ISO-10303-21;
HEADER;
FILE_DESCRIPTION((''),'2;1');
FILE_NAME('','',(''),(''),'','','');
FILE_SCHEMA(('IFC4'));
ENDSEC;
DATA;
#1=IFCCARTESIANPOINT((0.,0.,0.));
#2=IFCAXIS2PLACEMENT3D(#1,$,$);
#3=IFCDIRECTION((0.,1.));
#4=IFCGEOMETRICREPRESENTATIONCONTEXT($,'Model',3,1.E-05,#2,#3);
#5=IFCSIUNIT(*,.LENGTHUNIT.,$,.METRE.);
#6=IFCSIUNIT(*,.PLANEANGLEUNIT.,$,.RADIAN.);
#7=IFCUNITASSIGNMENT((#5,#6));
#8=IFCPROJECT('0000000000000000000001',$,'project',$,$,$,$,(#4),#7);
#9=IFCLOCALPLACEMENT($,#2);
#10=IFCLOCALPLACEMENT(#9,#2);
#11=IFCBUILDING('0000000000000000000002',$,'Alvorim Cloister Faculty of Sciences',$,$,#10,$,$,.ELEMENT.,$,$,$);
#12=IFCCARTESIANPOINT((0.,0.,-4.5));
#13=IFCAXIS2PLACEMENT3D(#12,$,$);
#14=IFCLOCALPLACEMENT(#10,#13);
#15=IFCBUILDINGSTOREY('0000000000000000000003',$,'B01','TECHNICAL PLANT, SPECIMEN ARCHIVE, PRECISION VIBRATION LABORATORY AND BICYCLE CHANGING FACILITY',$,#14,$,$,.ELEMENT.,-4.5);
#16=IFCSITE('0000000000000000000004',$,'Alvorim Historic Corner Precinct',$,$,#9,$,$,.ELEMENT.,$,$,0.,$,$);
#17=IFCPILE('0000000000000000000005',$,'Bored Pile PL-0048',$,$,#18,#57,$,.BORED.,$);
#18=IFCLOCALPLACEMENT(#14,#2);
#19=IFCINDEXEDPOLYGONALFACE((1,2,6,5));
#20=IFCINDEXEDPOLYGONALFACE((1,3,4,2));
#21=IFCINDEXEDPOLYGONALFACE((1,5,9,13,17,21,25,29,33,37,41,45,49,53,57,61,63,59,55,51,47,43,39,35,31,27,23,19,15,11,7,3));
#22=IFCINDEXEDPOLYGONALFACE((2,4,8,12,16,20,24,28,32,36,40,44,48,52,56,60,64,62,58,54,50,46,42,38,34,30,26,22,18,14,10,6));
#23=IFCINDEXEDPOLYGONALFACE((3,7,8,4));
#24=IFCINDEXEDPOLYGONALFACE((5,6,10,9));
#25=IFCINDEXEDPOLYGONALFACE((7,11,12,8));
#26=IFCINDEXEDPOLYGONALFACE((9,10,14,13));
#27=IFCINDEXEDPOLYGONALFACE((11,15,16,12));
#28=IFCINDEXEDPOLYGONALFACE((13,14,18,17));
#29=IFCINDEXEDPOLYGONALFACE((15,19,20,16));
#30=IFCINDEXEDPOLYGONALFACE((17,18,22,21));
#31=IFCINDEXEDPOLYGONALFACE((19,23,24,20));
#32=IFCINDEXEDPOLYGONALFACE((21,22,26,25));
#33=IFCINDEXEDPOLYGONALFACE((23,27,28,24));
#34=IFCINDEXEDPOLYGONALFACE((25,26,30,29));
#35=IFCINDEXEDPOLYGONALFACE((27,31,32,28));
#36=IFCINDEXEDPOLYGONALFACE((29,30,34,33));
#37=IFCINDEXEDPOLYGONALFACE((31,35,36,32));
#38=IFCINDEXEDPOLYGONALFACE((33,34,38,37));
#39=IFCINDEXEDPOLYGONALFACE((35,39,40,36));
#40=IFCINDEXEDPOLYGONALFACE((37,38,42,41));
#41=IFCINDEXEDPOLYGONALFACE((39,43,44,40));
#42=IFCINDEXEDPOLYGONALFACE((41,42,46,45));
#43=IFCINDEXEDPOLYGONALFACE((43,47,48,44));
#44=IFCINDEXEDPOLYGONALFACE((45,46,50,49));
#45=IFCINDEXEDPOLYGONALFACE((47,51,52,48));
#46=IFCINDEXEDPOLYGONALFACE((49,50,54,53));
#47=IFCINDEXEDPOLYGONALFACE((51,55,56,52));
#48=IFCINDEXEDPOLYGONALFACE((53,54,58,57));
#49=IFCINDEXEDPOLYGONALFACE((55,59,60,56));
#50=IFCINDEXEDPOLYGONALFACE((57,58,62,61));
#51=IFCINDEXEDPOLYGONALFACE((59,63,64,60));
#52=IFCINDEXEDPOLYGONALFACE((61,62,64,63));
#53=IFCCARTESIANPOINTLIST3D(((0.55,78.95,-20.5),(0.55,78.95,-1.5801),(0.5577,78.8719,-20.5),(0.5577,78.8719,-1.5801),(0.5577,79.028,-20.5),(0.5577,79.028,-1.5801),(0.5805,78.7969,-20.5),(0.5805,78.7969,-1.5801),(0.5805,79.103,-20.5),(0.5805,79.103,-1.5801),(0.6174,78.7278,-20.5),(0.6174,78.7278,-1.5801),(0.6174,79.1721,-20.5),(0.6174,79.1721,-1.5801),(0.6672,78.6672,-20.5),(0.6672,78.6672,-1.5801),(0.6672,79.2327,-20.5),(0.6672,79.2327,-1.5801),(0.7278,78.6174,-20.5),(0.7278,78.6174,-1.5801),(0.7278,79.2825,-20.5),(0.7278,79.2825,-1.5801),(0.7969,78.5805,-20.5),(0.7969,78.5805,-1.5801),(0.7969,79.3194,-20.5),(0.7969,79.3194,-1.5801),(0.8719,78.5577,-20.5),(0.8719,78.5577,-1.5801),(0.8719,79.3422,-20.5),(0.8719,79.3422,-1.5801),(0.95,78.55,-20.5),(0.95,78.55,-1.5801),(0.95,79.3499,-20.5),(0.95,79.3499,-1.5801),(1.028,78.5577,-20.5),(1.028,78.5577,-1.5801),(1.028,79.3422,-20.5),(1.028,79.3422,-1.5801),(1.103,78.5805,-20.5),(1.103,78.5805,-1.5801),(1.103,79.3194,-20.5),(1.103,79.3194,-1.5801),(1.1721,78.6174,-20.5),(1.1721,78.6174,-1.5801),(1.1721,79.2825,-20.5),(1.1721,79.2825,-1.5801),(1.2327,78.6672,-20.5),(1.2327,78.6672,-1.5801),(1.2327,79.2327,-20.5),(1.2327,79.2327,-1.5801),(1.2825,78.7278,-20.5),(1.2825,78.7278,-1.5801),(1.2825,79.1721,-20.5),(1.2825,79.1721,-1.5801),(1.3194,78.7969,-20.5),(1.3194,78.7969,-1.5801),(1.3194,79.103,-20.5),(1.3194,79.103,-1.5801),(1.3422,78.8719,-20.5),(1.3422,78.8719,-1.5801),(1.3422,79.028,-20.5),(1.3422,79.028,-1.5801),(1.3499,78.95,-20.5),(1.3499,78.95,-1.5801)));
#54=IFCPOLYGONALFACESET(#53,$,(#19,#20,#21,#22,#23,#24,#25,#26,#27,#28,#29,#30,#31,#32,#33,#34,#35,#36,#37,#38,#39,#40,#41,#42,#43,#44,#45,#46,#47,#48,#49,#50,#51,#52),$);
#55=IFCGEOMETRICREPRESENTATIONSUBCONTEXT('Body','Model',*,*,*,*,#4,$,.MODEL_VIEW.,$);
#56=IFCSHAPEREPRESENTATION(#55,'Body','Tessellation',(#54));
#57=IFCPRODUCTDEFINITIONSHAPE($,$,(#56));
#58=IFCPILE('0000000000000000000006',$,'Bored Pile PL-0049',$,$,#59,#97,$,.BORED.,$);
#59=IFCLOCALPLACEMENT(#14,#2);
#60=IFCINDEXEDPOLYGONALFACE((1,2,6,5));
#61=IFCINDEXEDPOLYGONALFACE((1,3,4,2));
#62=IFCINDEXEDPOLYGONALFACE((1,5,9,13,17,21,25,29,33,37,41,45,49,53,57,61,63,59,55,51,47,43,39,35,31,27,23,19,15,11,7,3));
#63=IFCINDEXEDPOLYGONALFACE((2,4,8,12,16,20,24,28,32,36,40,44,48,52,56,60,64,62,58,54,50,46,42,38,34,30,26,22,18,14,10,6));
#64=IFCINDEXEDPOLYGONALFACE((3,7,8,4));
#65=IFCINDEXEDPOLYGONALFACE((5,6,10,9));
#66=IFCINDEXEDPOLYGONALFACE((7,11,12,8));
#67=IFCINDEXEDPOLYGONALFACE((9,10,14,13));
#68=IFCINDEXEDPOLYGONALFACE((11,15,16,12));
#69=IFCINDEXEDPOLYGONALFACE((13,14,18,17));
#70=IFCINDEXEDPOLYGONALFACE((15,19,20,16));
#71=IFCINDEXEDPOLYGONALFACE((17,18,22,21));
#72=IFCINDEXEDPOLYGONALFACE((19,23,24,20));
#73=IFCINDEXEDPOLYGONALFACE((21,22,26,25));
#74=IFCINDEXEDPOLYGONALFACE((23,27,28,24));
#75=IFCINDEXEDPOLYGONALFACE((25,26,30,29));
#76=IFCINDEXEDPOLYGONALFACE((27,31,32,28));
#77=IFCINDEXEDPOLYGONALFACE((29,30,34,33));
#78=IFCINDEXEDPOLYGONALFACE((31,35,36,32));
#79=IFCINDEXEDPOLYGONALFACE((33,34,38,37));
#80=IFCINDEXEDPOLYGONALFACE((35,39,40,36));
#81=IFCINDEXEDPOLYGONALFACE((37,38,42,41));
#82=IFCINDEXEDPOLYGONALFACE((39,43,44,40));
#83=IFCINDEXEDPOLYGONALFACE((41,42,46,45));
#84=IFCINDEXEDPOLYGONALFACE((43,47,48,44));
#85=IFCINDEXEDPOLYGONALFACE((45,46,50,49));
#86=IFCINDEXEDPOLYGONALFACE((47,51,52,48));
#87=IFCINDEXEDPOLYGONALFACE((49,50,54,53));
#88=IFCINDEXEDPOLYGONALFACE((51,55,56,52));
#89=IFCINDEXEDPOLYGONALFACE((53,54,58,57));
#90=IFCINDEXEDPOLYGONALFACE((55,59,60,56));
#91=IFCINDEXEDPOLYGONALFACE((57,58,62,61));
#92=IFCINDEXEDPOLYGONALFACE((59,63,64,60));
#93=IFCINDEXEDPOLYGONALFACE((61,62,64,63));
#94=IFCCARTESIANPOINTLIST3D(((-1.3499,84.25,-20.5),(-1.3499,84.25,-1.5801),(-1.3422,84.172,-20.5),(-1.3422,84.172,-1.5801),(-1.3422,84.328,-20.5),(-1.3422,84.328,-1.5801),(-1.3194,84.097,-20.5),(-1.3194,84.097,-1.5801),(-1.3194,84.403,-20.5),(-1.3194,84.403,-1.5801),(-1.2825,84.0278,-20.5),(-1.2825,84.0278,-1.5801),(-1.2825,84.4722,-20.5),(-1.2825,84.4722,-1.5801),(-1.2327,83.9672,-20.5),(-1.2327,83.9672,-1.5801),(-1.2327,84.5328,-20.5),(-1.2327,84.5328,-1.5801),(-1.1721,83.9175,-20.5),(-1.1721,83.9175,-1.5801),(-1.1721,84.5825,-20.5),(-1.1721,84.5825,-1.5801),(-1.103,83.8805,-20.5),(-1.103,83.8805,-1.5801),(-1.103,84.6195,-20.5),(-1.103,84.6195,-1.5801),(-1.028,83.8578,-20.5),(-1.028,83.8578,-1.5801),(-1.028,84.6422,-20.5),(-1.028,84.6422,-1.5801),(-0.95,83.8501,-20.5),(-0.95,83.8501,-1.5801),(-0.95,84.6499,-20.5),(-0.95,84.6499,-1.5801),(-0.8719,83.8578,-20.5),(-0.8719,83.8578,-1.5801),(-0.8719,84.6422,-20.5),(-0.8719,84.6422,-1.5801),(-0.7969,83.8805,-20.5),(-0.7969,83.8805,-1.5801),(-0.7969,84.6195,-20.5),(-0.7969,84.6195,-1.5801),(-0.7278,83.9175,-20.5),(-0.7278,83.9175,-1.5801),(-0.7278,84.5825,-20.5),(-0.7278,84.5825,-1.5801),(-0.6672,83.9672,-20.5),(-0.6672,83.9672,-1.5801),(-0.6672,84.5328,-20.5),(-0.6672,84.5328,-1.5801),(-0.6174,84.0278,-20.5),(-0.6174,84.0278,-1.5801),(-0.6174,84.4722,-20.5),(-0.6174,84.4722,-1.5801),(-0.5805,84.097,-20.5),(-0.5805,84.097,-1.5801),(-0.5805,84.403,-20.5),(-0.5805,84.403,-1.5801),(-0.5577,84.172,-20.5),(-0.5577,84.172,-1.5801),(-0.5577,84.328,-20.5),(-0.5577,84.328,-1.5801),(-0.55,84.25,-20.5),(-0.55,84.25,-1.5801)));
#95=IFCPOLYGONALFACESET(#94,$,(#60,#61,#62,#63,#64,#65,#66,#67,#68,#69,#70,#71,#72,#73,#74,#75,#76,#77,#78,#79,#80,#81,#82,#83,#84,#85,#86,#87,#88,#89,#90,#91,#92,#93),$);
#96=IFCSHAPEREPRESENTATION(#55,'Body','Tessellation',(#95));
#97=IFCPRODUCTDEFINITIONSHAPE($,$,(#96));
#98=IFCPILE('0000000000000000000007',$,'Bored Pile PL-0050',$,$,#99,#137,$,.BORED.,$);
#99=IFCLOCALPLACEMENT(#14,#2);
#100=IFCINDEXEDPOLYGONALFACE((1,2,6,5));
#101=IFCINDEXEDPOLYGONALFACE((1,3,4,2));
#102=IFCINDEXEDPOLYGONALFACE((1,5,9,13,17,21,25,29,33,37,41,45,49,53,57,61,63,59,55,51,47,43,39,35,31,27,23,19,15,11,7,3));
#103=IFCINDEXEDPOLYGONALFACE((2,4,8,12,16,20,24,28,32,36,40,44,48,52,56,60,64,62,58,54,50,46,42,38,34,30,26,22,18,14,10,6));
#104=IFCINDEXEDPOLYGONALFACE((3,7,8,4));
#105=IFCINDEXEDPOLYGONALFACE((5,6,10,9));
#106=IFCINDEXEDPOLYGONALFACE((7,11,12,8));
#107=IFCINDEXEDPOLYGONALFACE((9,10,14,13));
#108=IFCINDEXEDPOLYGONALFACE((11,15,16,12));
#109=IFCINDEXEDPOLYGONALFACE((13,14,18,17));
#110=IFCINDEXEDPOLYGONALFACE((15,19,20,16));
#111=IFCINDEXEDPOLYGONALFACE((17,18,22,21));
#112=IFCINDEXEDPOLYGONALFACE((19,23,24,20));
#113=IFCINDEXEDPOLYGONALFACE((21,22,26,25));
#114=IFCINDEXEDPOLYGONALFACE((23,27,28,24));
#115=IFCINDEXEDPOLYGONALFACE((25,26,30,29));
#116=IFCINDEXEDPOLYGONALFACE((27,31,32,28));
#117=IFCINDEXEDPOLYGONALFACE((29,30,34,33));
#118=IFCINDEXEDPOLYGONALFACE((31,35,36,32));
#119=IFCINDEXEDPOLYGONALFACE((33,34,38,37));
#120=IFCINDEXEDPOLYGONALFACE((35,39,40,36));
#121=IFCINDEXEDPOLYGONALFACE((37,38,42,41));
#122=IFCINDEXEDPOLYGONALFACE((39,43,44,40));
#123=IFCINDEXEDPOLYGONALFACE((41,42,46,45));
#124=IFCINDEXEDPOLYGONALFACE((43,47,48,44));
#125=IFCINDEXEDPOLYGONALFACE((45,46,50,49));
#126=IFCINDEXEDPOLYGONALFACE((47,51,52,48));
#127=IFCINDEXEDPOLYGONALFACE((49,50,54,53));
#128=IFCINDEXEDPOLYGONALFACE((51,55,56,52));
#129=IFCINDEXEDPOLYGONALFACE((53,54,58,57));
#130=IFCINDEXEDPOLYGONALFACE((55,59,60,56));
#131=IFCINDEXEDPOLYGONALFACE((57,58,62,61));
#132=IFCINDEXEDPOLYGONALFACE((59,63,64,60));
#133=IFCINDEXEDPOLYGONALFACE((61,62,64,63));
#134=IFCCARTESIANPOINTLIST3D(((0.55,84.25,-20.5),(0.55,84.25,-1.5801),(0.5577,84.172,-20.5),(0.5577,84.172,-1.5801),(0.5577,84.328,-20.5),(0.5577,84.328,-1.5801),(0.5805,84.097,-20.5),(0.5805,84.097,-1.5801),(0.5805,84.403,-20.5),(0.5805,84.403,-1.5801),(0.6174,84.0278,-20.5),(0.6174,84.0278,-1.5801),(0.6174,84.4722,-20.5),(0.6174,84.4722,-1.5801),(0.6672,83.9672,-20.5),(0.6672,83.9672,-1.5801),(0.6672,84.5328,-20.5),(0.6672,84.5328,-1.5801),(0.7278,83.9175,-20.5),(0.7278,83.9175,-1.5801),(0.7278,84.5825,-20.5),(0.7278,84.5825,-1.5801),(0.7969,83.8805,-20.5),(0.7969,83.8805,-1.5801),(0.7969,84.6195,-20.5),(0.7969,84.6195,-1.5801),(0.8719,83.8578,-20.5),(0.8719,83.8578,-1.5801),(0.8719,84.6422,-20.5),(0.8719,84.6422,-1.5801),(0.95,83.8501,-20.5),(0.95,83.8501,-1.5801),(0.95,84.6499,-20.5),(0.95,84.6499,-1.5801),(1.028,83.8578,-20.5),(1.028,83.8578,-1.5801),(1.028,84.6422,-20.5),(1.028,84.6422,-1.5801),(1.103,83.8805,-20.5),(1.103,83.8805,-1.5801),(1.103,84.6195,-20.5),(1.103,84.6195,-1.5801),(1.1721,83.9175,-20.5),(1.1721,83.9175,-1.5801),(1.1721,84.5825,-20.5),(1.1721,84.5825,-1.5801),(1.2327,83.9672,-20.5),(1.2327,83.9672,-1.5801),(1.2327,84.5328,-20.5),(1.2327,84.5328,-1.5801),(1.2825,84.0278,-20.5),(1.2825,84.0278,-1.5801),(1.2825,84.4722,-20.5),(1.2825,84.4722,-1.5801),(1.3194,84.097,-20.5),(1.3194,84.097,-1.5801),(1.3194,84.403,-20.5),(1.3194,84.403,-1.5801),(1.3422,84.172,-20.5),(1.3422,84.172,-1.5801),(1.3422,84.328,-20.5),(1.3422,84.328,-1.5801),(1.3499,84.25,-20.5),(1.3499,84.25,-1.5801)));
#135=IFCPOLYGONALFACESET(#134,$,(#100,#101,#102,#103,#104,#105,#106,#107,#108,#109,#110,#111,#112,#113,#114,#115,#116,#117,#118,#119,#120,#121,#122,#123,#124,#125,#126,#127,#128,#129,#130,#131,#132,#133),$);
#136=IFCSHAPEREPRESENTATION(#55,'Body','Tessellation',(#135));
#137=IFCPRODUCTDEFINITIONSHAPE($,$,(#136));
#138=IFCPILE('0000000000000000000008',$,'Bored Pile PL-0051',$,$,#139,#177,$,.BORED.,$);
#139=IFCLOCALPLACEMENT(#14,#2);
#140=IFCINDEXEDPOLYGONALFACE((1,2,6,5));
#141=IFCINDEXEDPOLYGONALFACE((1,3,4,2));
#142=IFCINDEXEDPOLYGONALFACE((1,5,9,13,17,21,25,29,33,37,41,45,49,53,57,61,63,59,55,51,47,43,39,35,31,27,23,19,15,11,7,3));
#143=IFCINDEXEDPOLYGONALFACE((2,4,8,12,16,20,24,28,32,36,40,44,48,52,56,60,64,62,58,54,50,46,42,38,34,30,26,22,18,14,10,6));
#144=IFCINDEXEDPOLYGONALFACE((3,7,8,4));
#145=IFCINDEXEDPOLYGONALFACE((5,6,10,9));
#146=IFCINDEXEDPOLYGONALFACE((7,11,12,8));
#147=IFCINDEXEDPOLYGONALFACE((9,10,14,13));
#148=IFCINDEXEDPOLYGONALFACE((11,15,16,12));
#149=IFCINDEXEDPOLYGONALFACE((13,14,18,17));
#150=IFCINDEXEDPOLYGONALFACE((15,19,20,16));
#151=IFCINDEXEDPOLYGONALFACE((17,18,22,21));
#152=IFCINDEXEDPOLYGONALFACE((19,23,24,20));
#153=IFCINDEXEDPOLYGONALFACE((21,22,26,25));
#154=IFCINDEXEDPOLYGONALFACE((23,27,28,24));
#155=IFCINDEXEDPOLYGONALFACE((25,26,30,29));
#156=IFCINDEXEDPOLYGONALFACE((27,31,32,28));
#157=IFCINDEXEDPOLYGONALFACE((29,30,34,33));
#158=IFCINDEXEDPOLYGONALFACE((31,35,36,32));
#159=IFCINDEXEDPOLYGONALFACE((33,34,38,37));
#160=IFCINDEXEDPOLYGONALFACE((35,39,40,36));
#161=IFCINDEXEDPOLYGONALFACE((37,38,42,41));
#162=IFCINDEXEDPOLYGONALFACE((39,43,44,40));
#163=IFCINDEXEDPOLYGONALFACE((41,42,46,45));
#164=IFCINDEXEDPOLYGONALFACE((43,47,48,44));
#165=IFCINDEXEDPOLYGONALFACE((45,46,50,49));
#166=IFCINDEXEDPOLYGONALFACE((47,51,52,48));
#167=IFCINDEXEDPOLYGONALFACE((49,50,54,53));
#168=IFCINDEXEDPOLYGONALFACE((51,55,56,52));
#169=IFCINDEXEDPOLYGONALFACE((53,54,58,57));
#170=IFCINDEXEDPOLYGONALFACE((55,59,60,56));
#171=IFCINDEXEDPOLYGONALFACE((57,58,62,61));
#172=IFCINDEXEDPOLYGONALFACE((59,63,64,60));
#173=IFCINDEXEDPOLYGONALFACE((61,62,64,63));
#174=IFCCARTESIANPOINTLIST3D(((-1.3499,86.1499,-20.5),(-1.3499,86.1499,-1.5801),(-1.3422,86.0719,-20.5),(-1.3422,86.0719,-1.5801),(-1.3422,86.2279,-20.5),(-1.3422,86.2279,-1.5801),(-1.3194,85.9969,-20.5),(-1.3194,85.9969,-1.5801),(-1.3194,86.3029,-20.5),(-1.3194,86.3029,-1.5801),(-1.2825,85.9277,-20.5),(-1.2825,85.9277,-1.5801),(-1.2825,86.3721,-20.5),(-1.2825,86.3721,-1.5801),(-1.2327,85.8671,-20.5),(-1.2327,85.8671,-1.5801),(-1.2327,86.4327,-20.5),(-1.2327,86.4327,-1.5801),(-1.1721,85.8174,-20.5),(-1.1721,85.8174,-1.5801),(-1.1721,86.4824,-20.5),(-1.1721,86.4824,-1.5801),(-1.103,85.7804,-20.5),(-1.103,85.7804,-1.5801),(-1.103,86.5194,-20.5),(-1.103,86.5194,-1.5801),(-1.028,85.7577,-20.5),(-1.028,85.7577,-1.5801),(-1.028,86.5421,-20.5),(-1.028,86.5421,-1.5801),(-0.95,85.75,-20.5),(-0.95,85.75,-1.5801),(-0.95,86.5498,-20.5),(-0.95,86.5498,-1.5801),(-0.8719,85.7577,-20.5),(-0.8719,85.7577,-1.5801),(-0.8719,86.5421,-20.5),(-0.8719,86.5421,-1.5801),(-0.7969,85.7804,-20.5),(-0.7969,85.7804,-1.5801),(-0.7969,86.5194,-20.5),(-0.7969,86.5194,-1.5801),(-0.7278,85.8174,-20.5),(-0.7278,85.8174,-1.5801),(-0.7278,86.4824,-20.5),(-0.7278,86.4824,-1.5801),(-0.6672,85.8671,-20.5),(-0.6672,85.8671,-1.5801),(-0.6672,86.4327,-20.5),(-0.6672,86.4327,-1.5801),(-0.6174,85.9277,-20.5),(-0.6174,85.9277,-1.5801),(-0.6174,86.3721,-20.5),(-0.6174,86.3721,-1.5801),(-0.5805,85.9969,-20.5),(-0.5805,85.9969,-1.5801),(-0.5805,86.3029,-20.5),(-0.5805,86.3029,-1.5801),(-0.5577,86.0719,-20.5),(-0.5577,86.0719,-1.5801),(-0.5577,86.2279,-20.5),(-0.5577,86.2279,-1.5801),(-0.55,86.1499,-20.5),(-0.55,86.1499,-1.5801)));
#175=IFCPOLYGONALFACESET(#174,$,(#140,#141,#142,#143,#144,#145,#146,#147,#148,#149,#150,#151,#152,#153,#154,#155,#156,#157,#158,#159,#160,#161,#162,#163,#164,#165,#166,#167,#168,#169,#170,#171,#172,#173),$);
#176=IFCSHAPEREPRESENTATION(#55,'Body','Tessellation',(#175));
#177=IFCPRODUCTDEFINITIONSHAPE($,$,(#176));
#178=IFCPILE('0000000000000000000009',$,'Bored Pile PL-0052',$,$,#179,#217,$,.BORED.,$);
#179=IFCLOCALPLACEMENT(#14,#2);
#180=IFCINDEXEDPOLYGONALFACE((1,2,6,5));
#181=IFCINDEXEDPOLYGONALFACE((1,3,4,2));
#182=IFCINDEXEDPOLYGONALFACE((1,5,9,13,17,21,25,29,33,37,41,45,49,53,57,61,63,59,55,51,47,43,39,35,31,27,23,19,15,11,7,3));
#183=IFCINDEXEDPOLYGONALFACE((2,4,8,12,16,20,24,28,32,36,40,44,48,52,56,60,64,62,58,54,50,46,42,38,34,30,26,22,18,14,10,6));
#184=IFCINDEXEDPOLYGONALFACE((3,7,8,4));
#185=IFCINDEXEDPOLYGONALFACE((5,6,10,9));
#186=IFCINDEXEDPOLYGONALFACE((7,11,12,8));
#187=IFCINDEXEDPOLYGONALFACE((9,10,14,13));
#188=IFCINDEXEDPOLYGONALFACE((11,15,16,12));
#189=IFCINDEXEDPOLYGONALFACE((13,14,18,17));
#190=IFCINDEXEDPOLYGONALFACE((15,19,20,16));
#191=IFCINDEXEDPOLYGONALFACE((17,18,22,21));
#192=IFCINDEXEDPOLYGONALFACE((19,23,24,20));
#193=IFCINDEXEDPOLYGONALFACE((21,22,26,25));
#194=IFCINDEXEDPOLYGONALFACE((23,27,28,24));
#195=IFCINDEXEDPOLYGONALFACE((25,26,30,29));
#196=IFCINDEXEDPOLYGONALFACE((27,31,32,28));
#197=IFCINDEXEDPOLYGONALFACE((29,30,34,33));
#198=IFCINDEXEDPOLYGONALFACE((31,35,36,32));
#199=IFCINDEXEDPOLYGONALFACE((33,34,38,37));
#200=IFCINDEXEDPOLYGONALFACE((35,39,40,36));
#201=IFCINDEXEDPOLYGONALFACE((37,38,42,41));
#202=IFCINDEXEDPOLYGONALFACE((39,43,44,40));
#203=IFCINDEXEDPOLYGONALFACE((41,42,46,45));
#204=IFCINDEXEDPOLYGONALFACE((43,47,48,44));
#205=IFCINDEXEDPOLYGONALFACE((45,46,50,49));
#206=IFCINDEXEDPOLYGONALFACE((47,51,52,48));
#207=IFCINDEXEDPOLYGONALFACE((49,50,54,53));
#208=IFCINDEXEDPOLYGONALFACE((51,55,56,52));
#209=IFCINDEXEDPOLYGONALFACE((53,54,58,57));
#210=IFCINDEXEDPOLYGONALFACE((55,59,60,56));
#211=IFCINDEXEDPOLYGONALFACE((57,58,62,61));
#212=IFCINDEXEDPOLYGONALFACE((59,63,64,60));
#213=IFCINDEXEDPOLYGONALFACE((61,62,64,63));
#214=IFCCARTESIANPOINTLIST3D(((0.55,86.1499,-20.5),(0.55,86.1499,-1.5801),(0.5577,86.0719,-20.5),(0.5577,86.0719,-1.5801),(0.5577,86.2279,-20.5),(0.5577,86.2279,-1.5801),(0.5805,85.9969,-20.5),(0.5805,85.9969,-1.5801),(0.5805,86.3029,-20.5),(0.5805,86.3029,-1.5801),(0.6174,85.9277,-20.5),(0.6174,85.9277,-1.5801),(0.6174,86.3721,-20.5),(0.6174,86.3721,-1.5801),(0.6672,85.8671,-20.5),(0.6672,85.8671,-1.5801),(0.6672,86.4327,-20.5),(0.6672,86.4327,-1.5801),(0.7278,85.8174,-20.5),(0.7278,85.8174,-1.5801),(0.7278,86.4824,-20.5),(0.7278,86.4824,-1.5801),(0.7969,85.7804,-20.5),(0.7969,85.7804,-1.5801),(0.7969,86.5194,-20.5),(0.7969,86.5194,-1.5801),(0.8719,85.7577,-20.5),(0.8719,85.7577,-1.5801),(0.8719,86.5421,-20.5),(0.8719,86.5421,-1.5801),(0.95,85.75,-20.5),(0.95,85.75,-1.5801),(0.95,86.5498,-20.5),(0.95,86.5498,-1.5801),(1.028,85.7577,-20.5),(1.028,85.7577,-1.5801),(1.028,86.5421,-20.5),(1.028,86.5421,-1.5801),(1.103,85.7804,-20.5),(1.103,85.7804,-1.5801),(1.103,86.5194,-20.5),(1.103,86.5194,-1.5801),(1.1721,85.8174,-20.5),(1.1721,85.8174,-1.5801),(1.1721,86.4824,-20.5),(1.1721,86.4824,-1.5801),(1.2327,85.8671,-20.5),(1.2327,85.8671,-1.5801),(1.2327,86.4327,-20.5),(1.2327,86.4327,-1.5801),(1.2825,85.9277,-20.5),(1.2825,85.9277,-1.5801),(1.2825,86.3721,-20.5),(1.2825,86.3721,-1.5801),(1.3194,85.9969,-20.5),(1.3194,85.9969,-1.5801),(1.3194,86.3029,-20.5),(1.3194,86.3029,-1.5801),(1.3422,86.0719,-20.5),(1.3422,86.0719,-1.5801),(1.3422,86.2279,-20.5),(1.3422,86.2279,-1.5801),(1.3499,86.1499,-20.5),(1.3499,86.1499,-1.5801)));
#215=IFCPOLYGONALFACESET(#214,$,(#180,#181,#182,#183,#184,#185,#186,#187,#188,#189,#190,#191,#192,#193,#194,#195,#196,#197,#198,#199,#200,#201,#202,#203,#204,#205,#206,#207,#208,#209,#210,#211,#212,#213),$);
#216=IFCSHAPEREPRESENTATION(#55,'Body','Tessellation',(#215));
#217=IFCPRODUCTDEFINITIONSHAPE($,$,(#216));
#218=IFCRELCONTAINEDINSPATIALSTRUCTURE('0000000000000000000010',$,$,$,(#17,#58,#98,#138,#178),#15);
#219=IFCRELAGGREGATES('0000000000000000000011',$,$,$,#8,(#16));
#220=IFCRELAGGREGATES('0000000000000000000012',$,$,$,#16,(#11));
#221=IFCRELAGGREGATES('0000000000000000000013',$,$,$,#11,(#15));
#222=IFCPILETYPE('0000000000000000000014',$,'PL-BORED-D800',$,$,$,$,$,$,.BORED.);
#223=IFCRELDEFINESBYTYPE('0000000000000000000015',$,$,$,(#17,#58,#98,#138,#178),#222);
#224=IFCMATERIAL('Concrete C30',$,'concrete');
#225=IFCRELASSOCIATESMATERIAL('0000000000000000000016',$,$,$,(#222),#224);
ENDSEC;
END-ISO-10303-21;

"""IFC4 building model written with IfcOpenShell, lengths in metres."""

from ifc_helpers import new_model, si_unit, direction, frame, origin, origin_2d, place, context, subcontext, project, spatial, circle, extrude, material, material_profile, profile_set, type_object, element, save


model = new_model("IFC4")

# Units and contexts
model_context = context("Model", 3, precision=1e-05, world=origin(), true_north=direction((0.0, 1.0)))
body_context = subcontext(model_context, "Body", "Model", "MODEL_VIEW")
ifc_project = project(units=[si_unit("LENGTHUNIT", "METRE"), si_unit("PLANEANGLEUNIT", "RADIAN")], contexts=[model_context])

# Site, building, storey
site_placement = place(None, origin())
site = spatial("IfcSite", under=ifc_project, at=site_placement, Name="Alvorim Historic Corner Precinct", CompositionType="ELEMENT", RefElevation=0.0)
building_placement = place(site_placement, origin())
building = spatial("IfcBuilding", under=site, at=building_placement, Name="Alvorim Cloister Faculty of Sciences", CompositionType="ELEMENT")
storey_placement = place(building_placement, frame((0.0, 0.0, -4.5)))
storey = spatial("IfcBuildingStorey", under=building, at=storey_placement, Name="B01", Description="TECHNICAL PLANT, SPECIMEN ARCHIVE, PRECISION VIBRATION LABORATORY AND BICYCLE CHANGING FACILITY", CompositionType="ELEMENT", Elevation=-4.5)

# Piles
ifc_material_1 = material(Name="Concrete C30", Category="concrete")
ifc_material_profile_1 = material_profile(ifc_material_1, circle(Radius=0.3999, at=origin_2d()), Name="PILE-D800")
ifc_profile_set_1 = profile_set([ifc_material_profile_1], Name="Concrete C30")
pile_type = type_object("IfcPileType", Name="PL-BORED-D800", PredefinedType="BORED", material=ifc_profile_set_1)
for number, where, z_axis, x_axis, name in (
    (1, (0.95, 78.95, -1.5801), (0.0, 0.0, -1.0), (1.0, 0.0, 0.0), "Bored Pile PL-0048"),
    (2, (-0.95, 84.25, -1.5801), (0.0, 0.0, -1.0), (1.0, 0.0, 0.0), "Bored Pile PL-0049"),
    (3, (0.95, 84.25, -1.5801), (0.0, 0.0, -1.0), (1.0, 0.0, 0.0), "Bored Pile PL-0050"),
    (4, (-0.95, 86.1499, -1.5801), (0.0, 0.0, -1.0), (1.0, 0.0, 0.0), "Bored Pile PL-0051"),
    (5, (0.95, 86.1499, -1.5801), (0.0, 0.0, -1.0), (1.0, 0.0, 0.0), "Bored Pile PL-0052"),
):
    element("IfcPile", number, at=place(storey_placement, frame(where, z_axis=z_axis, x_axis=x_axis)), inside=storey, type_object=pile_type, Name=name, PredefinedType="BORED", context=body_context, shape_type="SweptSolid", body=[
        extrude(circle(Radius=0.3999, at=origin_2d()), origin(), (0.0, 0.0, 1.0), 18.9199),
    ])

save(model, "model.ifc")
